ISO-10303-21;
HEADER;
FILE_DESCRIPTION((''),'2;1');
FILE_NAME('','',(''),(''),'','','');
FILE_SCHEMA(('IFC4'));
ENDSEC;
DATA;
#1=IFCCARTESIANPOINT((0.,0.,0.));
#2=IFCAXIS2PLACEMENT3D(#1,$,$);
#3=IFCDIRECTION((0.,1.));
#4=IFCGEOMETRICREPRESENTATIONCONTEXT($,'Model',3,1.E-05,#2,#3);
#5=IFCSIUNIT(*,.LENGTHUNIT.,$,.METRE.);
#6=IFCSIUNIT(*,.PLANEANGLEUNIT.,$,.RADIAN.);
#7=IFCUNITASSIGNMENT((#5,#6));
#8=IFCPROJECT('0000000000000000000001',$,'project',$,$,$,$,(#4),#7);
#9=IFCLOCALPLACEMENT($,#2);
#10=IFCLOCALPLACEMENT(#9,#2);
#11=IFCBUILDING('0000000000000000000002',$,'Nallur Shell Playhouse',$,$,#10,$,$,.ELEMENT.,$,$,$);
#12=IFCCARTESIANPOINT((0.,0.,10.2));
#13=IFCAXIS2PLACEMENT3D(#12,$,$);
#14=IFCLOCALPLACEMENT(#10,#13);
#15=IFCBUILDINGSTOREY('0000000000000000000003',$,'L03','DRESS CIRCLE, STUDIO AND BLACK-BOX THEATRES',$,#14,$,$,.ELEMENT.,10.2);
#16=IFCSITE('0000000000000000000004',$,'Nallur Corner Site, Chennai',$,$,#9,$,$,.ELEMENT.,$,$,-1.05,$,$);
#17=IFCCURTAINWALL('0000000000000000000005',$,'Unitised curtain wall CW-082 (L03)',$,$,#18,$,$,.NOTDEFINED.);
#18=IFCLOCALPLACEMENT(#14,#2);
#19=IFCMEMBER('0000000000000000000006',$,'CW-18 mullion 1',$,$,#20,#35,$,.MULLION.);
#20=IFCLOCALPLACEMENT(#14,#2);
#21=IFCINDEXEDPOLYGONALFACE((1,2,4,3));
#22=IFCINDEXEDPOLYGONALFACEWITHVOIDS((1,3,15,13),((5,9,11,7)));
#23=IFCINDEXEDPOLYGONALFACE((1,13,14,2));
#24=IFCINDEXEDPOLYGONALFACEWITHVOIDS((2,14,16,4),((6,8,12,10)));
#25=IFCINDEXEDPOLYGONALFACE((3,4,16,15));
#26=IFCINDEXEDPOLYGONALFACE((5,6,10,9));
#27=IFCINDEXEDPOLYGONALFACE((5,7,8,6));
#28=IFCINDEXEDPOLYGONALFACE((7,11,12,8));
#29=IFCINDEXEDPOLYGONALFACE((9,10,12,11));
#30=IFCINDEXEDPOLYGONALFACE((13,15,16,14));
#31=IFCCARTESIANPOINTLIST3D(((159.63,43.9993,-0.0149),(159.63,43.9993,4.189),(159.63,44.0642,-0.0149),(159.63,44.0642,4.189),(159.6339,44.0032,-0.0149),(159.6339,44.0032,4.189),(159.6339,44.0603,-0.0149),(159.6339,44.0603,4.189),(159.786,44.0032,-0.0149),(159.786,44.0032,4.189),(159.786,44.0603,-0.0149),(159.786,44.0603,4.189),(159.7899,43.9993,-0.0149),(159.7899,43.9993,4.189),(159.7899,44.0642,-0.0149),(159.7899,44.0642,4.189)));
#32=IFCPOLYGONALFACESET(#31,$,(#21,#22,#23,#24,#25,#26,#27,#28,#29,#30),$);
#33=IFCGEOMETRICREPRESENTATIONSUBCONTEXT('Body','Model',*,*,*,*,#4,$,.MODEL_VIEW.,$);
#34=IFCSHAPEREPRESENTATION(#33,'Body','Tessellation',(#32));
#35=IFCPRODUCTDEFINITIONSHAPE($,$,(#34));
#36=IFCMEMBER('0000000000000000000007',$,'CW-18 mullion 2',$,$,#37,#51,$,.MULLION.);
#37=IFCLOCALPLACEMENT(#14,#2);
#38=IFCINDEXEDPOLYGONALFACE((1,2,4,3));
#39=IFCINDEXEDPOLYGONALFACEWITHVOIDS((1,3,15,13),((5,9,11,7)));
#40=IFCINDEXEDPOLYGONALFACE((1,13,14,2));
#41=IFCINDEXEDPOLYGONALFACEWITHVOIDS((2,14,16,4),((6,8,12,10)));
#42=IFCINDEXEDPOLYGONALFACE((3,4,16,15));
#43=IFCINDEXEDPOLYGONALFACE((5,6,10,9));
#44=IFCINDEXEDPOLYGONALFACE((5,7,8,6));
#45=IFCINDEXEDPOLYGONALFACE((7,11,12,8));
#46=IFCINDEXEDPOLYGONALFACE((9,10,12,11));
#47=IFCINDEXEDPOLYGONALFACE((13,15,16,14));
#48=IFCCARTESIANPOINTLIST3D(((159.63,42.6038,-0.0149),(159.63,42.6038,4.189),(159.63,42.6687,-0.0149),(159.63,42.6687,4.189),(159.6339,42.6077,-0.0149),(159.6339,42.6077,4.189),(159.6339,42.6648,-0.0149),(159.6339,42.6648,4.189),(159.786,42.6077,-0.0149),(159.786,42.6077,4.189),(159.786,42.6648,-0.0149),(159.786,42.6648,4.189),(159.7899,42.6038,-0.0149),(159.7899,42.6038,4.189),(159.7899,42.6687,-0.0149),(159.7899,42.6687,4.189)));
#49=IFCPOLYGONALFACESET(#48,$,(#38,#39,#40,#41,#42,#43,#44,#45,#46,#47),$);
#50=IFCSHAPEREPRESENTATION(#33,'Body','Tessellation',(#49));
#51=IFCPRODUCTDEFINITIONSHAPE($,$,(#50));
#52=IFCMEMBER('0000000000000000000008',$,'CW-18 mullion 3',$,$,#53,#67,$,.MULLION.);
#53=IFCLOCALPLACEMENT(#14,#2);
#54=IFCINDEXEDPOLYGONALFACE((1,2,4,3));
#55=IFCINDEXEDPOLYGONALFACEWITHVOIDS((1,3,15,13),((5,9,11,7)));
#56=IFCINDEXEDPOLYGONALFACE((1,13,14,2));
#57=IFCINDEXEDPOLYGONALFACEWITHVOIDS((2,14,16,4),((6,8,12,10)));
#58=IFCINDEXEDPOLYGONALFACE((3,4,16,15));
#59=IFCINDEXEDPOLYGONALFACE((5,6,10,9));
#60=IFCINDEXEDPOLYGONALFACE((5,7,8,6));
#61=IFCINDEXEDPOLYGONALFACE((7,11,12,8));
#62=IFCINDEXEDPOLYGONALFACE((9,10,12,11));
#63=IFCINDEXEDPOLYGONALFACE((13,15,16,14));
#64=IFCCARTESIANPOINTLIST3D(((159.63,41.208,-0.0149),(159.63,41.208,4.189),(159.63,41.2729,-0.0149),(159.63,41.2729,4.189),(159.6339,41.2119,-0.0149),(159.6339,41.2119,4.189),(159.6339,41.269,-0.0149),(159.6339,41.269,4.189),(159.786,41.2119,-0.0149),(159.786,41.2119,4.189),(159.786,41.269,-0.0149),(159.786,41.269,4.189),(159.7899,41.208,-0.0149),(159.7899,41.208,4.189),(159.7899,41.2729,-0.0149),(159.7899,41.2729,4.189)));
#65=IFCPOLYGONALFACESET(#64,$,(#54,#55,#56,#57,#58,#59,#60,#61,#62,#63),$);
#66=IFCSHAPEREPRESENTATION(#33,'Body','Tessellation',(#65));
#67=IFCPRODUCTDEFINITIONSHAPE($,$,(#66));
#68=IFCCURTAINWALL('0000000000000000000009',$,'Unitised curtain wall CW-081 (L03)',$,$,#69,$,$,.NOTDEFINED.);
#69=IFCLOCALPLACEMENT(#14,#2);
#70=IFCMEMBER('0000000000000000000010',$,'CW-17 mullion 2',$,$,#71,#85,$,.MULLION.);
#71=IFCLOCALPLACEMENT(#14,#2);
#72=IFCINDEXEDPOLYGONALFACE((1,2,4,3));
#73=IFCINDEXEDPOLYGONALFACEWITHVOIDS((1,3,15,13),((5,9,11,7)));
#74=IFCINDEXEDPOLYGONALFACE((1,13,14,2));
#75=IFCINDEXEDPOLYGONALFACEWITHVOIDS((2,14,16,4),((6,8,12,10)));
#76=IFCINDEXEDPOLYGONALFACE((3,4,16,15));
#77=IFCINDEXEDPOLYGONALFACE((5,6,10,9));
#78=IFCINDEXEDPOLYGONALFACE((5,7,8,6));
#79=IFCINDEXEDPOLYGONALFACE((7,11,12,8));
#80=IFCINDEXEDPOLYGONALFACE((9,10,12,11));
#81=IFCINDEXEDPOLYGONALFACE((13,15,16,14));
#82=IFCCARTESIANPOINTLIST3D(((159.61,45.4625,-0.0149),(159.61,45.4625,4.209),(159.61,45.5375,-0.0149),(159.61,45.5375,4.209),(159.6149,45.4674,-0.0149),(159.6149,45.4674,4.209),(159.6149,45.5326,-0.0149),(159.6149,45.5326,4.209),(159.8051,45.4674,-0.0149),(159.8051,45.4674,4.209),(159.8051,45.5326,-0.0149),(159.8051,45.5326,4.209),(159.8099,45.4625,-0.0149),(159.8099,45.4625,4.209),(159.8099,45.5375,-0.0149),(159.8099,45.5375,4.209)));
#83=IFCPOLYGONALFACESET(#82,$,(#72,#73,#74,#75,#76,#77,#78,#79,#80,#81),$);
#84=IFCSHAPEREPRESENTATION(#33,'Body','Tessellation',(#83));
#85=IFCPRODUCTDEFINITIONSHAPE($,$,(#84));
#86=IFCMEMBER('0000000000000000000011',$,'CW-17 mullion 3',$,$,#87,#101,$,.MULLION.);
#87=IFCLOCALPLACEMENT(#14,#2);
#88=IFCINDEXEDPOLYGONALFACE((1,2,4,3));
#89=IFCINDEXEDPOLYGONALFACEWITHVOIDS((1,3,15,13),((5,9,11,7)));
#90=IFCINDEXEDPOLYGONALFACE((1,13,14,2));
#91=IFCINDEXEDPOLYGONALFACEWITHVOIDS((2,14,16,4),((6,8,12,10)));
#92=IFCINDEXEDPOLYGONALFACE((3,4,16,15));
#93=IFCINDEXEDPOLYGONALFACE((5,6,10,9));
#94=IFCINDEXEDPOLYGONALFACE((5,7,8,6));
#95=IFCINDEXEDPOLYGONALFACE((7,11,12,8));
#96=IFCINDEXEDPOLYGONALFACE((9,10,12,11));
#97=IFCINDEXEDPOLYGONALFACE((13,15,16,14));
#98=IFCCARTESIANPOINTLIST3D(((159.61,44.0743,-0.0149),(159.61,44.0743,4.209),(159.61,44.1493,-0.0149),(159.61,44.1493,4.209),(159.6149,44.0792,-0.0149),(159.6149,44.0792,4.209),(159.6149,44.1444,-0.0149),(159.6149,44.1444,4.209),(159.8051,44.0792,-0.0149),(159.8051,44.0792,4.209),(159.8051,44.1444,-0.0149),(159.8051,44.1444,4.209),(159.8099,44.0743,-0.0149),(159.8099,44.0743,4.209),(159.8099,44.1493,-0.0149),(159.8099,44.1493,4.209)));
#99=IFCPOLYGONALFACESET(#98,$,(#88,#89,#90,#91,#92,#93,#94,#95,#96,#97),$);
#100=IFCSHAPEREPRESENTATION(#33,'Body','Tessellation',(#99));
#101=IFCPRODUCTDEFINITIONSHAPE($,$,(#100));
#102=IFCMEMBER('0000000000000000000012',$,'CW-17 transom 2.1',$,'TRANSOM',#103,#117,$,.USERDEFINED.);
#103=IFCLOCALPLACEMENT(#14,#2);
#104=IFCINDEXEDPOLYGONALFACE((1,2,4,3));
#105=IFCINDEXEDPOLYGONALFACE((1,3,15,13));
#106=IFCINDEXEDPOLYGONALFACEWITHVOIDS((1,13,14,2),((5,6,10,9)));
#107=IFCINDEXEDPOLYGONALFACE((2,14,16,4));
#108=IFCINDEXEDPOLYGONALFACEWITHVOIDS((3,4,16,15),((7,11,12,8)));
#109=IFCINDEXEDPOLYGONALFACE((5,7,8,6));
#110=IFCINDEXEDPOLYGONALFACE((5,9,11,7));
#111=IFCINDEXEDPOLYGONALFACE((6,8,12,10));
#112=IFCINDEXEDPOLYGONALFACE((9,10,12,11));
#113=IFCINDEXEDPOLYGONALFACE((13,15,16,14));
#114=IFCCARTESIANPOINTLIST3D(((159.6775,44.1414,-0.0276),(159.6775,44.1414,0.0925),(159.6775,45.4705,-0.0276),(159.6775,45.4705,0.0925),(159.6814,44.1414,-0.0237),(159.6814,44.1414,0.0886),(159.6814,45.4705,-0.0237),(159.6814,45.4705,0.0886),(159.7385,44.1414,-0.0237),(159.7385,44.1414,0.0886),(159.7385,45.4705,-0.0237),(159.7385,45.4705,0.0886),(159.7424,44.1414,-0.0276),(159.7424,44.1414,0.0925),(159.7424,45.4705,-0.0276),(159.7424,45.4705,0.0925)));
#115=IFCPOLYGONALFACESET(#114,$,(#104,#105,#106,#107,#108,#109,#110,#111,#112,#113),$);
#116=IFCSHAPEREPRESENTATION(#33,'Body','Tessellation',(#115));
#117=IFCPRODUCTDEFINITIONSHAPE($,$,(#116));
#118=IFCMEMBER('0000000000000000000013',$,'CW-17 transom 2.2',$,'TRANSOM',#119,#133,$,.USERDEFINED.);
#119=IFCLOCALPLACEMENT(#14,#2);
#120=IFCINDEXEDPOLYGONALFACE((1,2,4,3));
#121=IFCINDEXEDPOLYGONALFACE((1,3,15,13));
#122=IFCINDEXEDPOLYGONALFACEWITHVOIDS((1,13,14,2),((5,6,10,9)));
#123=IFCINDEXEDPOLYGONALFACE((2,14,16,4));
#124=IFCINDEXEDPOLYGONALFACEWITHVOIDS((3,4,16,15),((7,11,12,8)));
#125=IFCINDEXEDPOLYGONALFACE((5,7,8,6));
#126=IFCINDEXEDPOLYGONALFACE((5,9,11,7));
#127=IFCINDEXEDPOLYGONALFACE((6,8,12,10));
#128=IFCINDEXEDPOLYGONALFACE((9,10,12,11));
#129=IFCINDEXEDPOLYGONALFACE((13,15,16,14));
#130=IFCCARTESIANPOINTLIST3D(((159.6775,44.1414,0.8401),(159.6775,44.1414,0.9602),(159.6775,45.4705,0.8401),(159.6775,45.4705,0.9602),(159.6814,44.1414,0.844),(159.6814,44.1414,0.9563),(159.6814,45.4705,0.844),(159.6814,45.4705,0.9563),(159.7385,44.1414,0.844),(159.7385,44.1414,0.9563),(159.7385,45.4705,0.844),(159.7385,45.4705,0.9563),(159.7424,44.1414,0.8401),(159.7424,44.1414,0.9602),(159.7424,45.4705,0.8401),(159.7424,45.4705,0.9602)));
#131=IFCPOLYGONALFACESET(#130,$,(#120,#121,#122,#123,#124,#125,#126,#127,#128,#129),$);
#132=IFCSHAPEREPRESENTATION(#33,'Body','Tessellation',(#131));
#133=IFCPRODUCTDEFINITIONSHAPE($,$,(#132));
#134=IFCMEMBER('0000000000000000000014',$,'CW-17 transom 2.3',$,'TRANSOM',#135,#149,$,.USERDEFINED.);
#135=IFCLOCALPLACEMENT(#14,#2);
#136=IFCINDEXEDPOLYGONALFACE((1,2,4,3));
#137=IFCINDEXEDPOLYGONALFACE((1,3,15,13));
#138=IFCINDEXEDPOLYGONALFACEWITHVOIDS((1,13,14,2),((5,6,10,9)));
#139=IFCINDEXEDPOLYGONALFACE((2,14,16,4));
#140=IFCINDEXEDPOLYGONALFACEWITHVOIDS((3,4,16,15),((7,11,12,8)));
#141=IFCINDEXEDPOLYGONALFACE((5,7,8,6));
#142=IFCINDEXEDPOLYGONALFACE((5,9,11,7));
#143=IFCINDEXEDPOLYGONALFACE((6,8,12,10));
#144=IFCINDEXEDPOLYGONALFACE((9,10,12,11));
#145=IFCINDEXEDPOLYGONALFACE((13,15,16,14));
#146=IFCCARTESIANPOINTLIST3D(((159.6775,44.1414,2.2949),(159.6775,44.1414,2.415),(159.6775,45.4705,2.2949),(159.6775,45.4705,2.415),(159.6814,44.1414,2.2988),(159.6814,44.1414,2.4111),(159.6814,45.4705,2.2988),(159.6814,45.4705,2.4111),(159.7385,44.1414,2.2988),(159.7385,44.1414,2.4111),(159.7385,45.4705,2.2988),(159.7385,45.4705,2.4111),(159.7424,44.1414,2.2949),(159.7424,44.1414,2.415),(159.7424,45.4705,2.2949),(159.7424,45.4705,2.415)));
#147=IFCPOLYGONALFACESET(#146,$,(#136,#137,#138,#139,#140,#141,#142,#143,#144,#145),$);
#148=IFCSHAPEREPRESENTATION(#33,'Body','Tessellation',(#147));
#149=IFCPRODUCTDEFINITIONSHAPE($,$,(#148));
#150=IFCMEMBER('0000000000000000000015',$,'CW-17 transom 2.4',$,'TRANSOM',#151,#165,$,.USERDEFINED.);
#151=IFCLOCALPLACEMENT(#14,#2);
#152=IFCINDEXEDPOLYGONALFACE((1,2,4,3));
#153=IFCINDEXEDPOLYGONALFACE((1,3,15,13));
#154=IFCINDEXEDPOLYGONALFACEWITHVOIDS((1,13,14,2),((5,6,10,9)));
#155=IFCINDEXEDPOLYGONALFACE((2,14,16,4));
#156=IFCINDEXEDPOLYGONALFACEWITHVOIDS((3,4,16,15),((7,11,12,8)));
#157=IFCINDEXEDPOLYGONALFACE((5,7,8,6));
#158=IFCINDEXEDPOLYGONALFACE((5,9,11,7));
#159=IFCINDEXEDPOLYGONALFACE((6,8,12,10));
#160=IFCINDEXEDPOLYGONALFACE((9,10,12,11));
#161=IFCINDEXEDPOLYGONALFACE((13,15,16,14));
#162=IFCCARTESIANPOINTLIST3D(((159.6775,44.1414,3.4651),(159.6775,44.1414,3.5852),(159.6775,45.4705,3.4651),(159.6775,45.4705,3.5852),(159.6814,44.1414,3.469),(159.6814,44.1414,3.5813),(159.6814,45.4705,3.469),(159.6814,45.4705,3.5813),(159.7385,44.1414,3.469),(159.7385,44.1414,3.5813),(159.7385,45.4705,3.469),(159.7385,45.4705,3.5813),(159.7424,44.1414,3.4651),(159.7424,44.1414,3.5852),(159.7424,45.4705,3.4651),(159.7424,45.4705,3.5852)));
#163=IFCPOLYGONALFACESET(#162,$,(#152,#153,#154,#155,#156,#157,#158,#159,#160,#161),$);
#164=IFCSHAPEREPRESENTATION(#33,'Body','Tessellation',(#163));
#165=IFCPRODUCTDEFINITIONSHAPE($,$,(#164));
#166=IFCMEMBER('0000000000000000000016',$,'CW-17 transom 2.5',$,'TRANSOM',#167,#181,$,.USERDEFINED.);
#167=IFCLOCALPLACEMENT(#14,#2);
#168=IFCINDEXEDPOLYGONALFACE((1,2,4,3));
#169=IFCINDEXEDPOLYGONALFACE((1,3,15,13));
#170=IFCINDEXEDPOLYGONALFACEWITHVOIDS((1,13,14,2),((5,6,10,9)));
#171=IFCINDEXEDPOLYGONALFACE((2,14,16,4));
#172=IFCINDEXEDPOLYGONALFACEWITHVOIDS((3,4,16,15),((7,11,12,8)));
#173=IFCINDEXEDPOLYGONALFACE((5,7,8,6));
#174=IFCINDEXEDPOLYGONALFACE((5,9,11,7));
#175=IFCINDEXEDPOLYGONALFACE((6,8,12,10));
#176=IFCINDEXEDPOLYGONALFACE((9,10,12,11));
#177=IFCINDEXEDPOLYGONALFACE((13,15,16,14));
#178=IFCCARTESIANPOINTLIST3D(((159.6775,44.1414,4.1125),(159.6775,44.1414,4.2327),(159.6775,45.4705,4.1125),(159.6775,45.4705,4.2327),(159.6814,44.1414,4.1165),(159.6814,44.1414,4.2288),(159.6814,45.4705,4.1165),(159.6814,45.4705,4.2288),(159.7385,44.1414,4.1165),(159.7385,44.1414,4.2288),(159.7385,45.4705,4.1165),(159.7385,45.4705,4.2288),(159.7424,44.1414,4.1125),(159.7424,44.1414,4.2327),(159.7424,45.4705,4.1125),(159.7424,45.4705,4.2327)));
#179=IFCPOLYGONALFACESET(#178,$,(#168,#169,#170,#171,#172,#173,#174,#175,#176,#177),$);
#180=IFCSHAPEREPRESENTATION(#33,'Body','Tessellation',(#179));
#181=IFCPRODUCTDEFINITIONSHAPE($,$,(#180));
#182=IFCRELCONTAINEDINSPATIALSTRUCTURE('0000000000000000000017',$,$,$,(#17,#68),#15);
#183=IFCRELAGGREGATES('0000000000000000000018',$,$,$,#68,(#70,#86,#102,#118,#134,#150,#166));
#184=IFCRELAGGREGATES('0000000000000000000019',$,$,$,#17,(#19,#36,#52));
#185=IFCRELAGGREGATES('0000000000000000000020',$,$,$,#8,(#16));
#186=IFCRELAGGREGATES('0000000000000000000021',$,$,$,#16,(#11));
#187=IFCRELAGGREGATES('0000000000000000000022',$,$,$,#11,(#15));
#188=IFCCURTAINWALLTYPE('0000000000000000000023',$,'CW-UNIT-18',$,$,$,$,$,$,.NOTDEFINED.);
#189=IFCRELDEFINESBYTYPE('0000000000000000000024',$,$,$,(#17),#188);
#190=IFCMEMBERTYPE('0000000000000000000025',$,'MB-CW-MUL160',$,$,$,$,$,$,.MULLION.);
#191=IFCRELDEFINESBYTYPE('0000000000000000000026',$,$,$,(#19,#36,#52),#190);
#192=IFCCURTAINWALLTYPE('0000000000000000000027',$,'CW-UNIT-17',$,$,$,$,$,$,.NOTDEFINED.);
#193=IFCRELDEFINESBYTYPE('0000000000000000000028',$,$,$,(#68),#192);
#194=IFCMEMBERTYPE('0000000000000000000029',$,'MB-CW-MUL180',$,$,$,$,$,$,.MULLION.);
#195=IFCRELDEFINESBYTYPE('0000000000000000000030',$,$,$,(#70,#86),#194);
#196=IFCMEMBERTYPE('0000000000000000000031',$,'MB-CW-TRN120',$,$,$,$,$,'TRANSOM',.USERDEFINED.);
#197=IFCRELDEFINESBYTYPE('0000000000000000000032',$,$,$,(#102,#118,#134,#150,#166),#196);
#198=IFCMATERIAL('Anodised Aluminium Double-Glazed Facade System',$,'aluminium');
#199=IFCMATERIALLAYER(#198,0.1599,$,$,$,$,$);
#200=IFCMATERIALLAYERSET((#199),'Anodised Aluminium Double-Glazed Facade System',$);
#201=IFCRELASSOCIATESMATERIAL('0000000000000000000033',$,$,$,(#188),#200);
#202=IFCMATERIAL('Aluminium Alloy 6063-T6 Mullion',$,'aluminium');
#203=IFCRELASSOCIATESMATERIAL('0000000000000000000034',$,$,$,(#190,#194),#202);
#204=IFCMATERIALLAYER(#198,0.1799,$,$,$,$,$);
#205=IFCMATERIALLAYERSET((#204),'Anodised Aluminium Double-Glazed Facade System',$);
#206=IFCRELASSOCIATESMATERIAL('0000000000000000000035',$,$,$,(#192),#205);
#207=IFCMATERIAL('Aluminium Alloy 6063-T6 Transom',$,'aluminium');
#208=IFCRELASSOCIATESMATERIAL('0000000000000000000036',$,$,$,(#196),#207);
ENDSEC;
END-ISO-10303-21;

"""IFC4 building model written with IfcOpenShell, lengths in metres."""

from ifc_helpers import new_model, si_unit, direction, frame, origin, origin_2d, place, context, subcontext, project, spatial, hollow_rectangle, extrude, material, layer, layer_set, material_profile, profile_set, type_object, element, aggregate, save


model = new_model("IFC4")

# Units and contexts
model_context = context("Model", 3, precision=1e-05, world=origin(), true_north=direction((0.0, 1.0)))
body_context = subcontext(model_context, "Body", "Model", "MODEL_VIEW")
ifc_project = project(units=[si_unit("LENGTHUNIT", "METRE"), si_unit("PLANEANGLEUNIT", "RADIAN")], contexts=[model_context])

# Site, building, storey
site_placement = place(None, origin())
site = spatial("IfcSite", under=ifc_project, at=site_placement, Name="Nallur Corner Site, Chennai", CompositionType="ELEMENT", RefElevation=-1.05)
building_placement = place(site_placement, origin())
building = spatial("IfcBuilding", under=site, at=building_placement, Name="Nallur Shell Playhouse", CompositionType="ELEMENT")
storey_placement = place(building_placement, frame((0.0, 0.0, 10.2)))
storey = spatial("IfcBuildingStorey", under=building, at=storey_placement, Name="L03", Description="DRESS CIRCLE, STUDIO AND BLACK-BOX THEATRES", CompositionType="ELEMENT", Elevation=10.2)

# Curtain walls, members
ifc_material_1 = material(Name="Anodised Aluminium Double-Glazed Facade System", Category="aluminium")
ifc_layer_1 = layer(ifc_material_1, 0.1599)
ifc_layer_set_1 = layer_set([ifc_layer_1], Name="Anodised Aluminium Double-Glazed Facade System")
curtain_wall_type_1 = type_object("IfcCurtainWallType", Name="CW-UNIT-18", PredefinedType="NOTDEFINED", material=ifc_layer_set_1)
curtain_wall_1_placement = place(storey_placement, origin())
curtain_wall_1 = element("IfcCurtainWall", 1, at=curtain_wall_1_placement, inside=storey, type_object=curtain_wall_type_1, Name="Unitised curtain wall CW-082 (L03)", PredefinedType="NOTDEFINED")
ifc_material_2 = material(Name="Aluminium Alloy 6063-T6 Mullion", Category="aluminium")
ifc_material_profile_1 = material_profile(ifc_material_2, hollow_rectangle(XDim=0.0649, YDim=0.1599, WallThickness=0.0039, at=origin_2d()), Name="ALU 65x160x4")
ifc_profile_set_1 = profile_set([ifc_material_profile_1], Name="Aluminium Alloy 6063-T6 Mullion")
member_type_1 = type_object("IfcMemberType", Name="MB-CW-MUL160", PredefinedType="MULLION", material=ifc_profile_set_1)
member_1_placement = place(storey_placement, frame((159.71, 44.0317, -0.0149), z_axis=(0.0, 0.0, 1.0), x_axis=(0.0, -1.0, 0.0)))
member_1 = element("IfcMember", 2, at=member_1_placement, type_object=member_type_1, Name="CW-18 mullion 1", PredefinedType="MULLION", context=body_context, shape_type="SweptSolid", body=[
    extrude(hollow_rectangle(XDim=0.0649, YDim=0.1599, WallThickness=0.0039, at=origin_2d()), origin(), (0.0, 0.0, 1.0), 4.2039),
])
member_2_placement = place(storey_placement, frame((159.71, 42.6362, -0.0149), z_axis=(0.0, 0.0, 1.0), x_axis=(0.0, -1.0, 0.0)))
member_2 = element("IfcMember", 3, at=member_2_placement, type_object=member_type_1, Name="CW-18 mullion 2", PredefinedType="MULLION", context=body_context, shape_type="SweptSolid", body=[
    extrude(hollow_rectangle(XDim=0.0649, YDim=0.1599, WallThickness=0.0039, at=origin_2d()), origin(), (0.0, 0.0, 1.0), 4.2039),
])
member_3_placement = place(storey_placement, frame((159.71, 41.2405, -0.0149), z_axis=(0.0, 0.0, 1.0), x_axis=(0.0, -1.0, 0.0)))
member_3 = element("IfcMember", 4, at=member_3_placement, type_object=member_type_1, Name="CW-18 mullion 3", PredefinedType="MULLION", context=body_context, shape_type="SweptSolid", body=[
    extrude(hollow_rectangle(XDim=0.0649, YDim=0.1599, WallThickness=0.0039, at=origin_2d()), origin(), (0.0, 0.0, 1.0), 4.2039),
])
ifc_layer_2 = layer(ifc_material_1, 0.1799)
ifc_layer_set_2 = layer_set([ifc_layer_2], Name="Anodised Aluminium Double-Glazed Facade System")
curtain_wall_type_2 = type_object("IfcCurtainWallType", Name="CW-UNIT-17", PredefinedType="NOTDEFINED", material=ifc_layer_set_2)
curtain_wall_2_placement = place(storey_placement, origin())
curtain_wall_2 = element("IfcCurtainWall", 5, at=curtain_wall_2_placement, inside=storey, type_object=curtain_wall_type_2, Name="Unitised curtain wall CW-081 (L03)", PredefinedType="NOTDEFINED")
ifc_material_profile_2 = material_profile(ifc_material_2, hollow_rectangle(XDim=0.075, YDim=0.2, WallThickness=0.0049, at=origin_2d()), Name="ALU 75x200x5")
ifc_profile_set_2 = profile_set([ifc_material_profile_2], Name="Aluminium Alloy 6063-T6 Mullion")
member_type_2 = type_object("IfcMemberType", Name="MB-CW-MUL180", PredefinedType="MULLION", material=ifc_profile_set_2)
member_4_placement = place(storey_placement, frame((159.71, 45.5, -0.0149), z_axis=(0.0, 0.0, 1.0), x_axis=(0.0, -1.0, 0.0)))
member_4 = element("IfcMember", 6, at=member_4_placement, type_object=member_type_2, Name="CW-17 mullion 2", PredefinedType="MULLION", context=body_context, shape_type="SweptSolid", body=[
    extrude(hollow_rectangle(XDim=0.075, YDim=0.2, WallThickness=0.0049, at=origin_2d()), origin(), (0.0, 0.0, 1.0), 4.2239),
])
member_5_placement = place(storey_placement, frame((159.71, 44.1118, -0.0149), z_axis=(0.0, 0.0, 1.0), x_axis=(0.0, -1.0, 0.0)))
member_5 = element("IfcMember", 7, at=member_5_placement, type_object=member_type_2, Name="CW-17 mullion 3", PredefinedType="MULLION", context=body_context, shape_type="SweptSolid", body=[
    extrude(hollow_rectangle(XDim=0.075, YDim=0.2, WallThickness=0.0049, at=origin_2d()), origin(), (0.0, 0.0, 1.0), 4.2239),
])
ifc_material_3 = material(Name="Aluminium Alloy 6063-T6 Transom", Category="aluminium")
ifc_material_profile_3 = material_profile(ifc_material_3, hollow_rectangle(XDim=0.0649, YDim=0.1201, WallThickness=0.0039, at=origin_2d()), Name="ALU 65x120x4")
ifc_profile_set_3 = profile_set([ifc_material_profile_3], Name="Aluminium Alloy 6063-T6 Transom")
member_type_3 = type_object("IfcMemberType", Name="MB-CW-TRN120", ElementType="TRANSOM", PredefinedType="USERDEFINED", material=ifc_profile_set_3)
member_6_placement = place(storey_placement, frame((159.71, 45.4705, 0.0325), z_axis=(0.0, -1.0, 0.0), x_axis=(1.0, 0.0, 0.0)))
member_6 = element("IfcMember", 8, at=member_6_placement, type_object=member_type_3, Name="CW-17 transom 2.1", ObjectType="TRANSOM", PredefinedType="USERDEFINED", context=body_context, shape_type="SweptSolid", body=[
    extrude(hollow_rectangle(XDim=0.0649, YDim=0.1201, WallThickness=0.0039, at=origin_2d()), origin(), (0.0, 0.0, 1.0), 1.3291),
])
member_7_placement = place(storey_placement, frame((159.71, 45.4705, 0.9001), z_axis=(0.0, -1.0, 0.0), x_axis=(1.0, 0.0, 0.0)))
member_7 = element("IfcMember", 9, at=member_7_placement, type_object=member_type_3, Name="CW-17 transom 2.2", ObjectType="TRANSOM", PredefinedType="USERDEFINED", context=body_context, shape_type="SweptSolid", body=[
    extrude(hollow_rectangle(XDim=0.0649, YDim=0.1201, WallThickness=0.0039, at=origin_2d()), origin(), (0.0, 0.0, 1.0), 1.3291),
])
member_8_placement = place(storey_placement, frame((159.71, 45.4705, 2.355), z_axis=(0.0, -1.0, 0.0), x_axis=(1.0, 0.0, 0.0)))
member_8 = element("IfcMember", 10, at=member_8_placement, type_object=member_type_3, Name="CW-17 transom 2.3", ObjectType="TRANSOM", PredefinedType="USERDEFINED", context=body_context, shape_type="SweptSolid", body=[
    extrude(hollow_rectangle(XDim=0.0649, YDim=0.1201, WallThickness=0.0039, at=origin_2d()), origin(), (0.0, 0.0, 1.0), 1.3291),
])
member_9_placement = place(storey_placement, frame((159.71, 45.4705, 3.5251), z_axis=(0.0, -1.0, 0.0), x_axis=(1.0, 0.0, 0.0)))
member_9 = element("IfcMember", 11, at=member_9_placement, type_object=member_type_3, Name="CW-17 transom 2.4", ObjectType="TRANSOM", PredefinedType="USERDEFINED", context=body_context, shape_type="SweptSolid", body=[
    extrude(hollow_rectangle(XDim=0.0649, YDim=0.1201, WallThickness=0.0039, at=origin_2d()), origin(), (0.0, 0.0, 1.0), 1.3291),
])
member_10_placement = place(storey_placement, frame((159.71, 45.4705, 4.1726), z_axis=(0.0, -1.0, 0.0), x_axis=(1.0, 0.0, 0.0)))
member_10 = element("IfcMember", 12, at=member_10_placement, type_object=member_type_3, Name="CW-17 transom 2.5", ObjectType="TRANSOM", PredefinedType="USERDEFINED", context=body_context, shape_type="SweptSolid", body=[
    extrude(hollow_rectangle(XDim=0.0649, YDim=0.1201, WallThickness=0.0039, at=origin_2d()), origin(), (0.0, 0.0, 1.0), 1.3291),
])

aggregate(curtain_wall_2, [member_4, member_5, member_6, member_7, member_8, member_9, member_10])
aggregate(curtain_wall_1, [member_1, member_2, member_3])

save(model, "model.ifc")
